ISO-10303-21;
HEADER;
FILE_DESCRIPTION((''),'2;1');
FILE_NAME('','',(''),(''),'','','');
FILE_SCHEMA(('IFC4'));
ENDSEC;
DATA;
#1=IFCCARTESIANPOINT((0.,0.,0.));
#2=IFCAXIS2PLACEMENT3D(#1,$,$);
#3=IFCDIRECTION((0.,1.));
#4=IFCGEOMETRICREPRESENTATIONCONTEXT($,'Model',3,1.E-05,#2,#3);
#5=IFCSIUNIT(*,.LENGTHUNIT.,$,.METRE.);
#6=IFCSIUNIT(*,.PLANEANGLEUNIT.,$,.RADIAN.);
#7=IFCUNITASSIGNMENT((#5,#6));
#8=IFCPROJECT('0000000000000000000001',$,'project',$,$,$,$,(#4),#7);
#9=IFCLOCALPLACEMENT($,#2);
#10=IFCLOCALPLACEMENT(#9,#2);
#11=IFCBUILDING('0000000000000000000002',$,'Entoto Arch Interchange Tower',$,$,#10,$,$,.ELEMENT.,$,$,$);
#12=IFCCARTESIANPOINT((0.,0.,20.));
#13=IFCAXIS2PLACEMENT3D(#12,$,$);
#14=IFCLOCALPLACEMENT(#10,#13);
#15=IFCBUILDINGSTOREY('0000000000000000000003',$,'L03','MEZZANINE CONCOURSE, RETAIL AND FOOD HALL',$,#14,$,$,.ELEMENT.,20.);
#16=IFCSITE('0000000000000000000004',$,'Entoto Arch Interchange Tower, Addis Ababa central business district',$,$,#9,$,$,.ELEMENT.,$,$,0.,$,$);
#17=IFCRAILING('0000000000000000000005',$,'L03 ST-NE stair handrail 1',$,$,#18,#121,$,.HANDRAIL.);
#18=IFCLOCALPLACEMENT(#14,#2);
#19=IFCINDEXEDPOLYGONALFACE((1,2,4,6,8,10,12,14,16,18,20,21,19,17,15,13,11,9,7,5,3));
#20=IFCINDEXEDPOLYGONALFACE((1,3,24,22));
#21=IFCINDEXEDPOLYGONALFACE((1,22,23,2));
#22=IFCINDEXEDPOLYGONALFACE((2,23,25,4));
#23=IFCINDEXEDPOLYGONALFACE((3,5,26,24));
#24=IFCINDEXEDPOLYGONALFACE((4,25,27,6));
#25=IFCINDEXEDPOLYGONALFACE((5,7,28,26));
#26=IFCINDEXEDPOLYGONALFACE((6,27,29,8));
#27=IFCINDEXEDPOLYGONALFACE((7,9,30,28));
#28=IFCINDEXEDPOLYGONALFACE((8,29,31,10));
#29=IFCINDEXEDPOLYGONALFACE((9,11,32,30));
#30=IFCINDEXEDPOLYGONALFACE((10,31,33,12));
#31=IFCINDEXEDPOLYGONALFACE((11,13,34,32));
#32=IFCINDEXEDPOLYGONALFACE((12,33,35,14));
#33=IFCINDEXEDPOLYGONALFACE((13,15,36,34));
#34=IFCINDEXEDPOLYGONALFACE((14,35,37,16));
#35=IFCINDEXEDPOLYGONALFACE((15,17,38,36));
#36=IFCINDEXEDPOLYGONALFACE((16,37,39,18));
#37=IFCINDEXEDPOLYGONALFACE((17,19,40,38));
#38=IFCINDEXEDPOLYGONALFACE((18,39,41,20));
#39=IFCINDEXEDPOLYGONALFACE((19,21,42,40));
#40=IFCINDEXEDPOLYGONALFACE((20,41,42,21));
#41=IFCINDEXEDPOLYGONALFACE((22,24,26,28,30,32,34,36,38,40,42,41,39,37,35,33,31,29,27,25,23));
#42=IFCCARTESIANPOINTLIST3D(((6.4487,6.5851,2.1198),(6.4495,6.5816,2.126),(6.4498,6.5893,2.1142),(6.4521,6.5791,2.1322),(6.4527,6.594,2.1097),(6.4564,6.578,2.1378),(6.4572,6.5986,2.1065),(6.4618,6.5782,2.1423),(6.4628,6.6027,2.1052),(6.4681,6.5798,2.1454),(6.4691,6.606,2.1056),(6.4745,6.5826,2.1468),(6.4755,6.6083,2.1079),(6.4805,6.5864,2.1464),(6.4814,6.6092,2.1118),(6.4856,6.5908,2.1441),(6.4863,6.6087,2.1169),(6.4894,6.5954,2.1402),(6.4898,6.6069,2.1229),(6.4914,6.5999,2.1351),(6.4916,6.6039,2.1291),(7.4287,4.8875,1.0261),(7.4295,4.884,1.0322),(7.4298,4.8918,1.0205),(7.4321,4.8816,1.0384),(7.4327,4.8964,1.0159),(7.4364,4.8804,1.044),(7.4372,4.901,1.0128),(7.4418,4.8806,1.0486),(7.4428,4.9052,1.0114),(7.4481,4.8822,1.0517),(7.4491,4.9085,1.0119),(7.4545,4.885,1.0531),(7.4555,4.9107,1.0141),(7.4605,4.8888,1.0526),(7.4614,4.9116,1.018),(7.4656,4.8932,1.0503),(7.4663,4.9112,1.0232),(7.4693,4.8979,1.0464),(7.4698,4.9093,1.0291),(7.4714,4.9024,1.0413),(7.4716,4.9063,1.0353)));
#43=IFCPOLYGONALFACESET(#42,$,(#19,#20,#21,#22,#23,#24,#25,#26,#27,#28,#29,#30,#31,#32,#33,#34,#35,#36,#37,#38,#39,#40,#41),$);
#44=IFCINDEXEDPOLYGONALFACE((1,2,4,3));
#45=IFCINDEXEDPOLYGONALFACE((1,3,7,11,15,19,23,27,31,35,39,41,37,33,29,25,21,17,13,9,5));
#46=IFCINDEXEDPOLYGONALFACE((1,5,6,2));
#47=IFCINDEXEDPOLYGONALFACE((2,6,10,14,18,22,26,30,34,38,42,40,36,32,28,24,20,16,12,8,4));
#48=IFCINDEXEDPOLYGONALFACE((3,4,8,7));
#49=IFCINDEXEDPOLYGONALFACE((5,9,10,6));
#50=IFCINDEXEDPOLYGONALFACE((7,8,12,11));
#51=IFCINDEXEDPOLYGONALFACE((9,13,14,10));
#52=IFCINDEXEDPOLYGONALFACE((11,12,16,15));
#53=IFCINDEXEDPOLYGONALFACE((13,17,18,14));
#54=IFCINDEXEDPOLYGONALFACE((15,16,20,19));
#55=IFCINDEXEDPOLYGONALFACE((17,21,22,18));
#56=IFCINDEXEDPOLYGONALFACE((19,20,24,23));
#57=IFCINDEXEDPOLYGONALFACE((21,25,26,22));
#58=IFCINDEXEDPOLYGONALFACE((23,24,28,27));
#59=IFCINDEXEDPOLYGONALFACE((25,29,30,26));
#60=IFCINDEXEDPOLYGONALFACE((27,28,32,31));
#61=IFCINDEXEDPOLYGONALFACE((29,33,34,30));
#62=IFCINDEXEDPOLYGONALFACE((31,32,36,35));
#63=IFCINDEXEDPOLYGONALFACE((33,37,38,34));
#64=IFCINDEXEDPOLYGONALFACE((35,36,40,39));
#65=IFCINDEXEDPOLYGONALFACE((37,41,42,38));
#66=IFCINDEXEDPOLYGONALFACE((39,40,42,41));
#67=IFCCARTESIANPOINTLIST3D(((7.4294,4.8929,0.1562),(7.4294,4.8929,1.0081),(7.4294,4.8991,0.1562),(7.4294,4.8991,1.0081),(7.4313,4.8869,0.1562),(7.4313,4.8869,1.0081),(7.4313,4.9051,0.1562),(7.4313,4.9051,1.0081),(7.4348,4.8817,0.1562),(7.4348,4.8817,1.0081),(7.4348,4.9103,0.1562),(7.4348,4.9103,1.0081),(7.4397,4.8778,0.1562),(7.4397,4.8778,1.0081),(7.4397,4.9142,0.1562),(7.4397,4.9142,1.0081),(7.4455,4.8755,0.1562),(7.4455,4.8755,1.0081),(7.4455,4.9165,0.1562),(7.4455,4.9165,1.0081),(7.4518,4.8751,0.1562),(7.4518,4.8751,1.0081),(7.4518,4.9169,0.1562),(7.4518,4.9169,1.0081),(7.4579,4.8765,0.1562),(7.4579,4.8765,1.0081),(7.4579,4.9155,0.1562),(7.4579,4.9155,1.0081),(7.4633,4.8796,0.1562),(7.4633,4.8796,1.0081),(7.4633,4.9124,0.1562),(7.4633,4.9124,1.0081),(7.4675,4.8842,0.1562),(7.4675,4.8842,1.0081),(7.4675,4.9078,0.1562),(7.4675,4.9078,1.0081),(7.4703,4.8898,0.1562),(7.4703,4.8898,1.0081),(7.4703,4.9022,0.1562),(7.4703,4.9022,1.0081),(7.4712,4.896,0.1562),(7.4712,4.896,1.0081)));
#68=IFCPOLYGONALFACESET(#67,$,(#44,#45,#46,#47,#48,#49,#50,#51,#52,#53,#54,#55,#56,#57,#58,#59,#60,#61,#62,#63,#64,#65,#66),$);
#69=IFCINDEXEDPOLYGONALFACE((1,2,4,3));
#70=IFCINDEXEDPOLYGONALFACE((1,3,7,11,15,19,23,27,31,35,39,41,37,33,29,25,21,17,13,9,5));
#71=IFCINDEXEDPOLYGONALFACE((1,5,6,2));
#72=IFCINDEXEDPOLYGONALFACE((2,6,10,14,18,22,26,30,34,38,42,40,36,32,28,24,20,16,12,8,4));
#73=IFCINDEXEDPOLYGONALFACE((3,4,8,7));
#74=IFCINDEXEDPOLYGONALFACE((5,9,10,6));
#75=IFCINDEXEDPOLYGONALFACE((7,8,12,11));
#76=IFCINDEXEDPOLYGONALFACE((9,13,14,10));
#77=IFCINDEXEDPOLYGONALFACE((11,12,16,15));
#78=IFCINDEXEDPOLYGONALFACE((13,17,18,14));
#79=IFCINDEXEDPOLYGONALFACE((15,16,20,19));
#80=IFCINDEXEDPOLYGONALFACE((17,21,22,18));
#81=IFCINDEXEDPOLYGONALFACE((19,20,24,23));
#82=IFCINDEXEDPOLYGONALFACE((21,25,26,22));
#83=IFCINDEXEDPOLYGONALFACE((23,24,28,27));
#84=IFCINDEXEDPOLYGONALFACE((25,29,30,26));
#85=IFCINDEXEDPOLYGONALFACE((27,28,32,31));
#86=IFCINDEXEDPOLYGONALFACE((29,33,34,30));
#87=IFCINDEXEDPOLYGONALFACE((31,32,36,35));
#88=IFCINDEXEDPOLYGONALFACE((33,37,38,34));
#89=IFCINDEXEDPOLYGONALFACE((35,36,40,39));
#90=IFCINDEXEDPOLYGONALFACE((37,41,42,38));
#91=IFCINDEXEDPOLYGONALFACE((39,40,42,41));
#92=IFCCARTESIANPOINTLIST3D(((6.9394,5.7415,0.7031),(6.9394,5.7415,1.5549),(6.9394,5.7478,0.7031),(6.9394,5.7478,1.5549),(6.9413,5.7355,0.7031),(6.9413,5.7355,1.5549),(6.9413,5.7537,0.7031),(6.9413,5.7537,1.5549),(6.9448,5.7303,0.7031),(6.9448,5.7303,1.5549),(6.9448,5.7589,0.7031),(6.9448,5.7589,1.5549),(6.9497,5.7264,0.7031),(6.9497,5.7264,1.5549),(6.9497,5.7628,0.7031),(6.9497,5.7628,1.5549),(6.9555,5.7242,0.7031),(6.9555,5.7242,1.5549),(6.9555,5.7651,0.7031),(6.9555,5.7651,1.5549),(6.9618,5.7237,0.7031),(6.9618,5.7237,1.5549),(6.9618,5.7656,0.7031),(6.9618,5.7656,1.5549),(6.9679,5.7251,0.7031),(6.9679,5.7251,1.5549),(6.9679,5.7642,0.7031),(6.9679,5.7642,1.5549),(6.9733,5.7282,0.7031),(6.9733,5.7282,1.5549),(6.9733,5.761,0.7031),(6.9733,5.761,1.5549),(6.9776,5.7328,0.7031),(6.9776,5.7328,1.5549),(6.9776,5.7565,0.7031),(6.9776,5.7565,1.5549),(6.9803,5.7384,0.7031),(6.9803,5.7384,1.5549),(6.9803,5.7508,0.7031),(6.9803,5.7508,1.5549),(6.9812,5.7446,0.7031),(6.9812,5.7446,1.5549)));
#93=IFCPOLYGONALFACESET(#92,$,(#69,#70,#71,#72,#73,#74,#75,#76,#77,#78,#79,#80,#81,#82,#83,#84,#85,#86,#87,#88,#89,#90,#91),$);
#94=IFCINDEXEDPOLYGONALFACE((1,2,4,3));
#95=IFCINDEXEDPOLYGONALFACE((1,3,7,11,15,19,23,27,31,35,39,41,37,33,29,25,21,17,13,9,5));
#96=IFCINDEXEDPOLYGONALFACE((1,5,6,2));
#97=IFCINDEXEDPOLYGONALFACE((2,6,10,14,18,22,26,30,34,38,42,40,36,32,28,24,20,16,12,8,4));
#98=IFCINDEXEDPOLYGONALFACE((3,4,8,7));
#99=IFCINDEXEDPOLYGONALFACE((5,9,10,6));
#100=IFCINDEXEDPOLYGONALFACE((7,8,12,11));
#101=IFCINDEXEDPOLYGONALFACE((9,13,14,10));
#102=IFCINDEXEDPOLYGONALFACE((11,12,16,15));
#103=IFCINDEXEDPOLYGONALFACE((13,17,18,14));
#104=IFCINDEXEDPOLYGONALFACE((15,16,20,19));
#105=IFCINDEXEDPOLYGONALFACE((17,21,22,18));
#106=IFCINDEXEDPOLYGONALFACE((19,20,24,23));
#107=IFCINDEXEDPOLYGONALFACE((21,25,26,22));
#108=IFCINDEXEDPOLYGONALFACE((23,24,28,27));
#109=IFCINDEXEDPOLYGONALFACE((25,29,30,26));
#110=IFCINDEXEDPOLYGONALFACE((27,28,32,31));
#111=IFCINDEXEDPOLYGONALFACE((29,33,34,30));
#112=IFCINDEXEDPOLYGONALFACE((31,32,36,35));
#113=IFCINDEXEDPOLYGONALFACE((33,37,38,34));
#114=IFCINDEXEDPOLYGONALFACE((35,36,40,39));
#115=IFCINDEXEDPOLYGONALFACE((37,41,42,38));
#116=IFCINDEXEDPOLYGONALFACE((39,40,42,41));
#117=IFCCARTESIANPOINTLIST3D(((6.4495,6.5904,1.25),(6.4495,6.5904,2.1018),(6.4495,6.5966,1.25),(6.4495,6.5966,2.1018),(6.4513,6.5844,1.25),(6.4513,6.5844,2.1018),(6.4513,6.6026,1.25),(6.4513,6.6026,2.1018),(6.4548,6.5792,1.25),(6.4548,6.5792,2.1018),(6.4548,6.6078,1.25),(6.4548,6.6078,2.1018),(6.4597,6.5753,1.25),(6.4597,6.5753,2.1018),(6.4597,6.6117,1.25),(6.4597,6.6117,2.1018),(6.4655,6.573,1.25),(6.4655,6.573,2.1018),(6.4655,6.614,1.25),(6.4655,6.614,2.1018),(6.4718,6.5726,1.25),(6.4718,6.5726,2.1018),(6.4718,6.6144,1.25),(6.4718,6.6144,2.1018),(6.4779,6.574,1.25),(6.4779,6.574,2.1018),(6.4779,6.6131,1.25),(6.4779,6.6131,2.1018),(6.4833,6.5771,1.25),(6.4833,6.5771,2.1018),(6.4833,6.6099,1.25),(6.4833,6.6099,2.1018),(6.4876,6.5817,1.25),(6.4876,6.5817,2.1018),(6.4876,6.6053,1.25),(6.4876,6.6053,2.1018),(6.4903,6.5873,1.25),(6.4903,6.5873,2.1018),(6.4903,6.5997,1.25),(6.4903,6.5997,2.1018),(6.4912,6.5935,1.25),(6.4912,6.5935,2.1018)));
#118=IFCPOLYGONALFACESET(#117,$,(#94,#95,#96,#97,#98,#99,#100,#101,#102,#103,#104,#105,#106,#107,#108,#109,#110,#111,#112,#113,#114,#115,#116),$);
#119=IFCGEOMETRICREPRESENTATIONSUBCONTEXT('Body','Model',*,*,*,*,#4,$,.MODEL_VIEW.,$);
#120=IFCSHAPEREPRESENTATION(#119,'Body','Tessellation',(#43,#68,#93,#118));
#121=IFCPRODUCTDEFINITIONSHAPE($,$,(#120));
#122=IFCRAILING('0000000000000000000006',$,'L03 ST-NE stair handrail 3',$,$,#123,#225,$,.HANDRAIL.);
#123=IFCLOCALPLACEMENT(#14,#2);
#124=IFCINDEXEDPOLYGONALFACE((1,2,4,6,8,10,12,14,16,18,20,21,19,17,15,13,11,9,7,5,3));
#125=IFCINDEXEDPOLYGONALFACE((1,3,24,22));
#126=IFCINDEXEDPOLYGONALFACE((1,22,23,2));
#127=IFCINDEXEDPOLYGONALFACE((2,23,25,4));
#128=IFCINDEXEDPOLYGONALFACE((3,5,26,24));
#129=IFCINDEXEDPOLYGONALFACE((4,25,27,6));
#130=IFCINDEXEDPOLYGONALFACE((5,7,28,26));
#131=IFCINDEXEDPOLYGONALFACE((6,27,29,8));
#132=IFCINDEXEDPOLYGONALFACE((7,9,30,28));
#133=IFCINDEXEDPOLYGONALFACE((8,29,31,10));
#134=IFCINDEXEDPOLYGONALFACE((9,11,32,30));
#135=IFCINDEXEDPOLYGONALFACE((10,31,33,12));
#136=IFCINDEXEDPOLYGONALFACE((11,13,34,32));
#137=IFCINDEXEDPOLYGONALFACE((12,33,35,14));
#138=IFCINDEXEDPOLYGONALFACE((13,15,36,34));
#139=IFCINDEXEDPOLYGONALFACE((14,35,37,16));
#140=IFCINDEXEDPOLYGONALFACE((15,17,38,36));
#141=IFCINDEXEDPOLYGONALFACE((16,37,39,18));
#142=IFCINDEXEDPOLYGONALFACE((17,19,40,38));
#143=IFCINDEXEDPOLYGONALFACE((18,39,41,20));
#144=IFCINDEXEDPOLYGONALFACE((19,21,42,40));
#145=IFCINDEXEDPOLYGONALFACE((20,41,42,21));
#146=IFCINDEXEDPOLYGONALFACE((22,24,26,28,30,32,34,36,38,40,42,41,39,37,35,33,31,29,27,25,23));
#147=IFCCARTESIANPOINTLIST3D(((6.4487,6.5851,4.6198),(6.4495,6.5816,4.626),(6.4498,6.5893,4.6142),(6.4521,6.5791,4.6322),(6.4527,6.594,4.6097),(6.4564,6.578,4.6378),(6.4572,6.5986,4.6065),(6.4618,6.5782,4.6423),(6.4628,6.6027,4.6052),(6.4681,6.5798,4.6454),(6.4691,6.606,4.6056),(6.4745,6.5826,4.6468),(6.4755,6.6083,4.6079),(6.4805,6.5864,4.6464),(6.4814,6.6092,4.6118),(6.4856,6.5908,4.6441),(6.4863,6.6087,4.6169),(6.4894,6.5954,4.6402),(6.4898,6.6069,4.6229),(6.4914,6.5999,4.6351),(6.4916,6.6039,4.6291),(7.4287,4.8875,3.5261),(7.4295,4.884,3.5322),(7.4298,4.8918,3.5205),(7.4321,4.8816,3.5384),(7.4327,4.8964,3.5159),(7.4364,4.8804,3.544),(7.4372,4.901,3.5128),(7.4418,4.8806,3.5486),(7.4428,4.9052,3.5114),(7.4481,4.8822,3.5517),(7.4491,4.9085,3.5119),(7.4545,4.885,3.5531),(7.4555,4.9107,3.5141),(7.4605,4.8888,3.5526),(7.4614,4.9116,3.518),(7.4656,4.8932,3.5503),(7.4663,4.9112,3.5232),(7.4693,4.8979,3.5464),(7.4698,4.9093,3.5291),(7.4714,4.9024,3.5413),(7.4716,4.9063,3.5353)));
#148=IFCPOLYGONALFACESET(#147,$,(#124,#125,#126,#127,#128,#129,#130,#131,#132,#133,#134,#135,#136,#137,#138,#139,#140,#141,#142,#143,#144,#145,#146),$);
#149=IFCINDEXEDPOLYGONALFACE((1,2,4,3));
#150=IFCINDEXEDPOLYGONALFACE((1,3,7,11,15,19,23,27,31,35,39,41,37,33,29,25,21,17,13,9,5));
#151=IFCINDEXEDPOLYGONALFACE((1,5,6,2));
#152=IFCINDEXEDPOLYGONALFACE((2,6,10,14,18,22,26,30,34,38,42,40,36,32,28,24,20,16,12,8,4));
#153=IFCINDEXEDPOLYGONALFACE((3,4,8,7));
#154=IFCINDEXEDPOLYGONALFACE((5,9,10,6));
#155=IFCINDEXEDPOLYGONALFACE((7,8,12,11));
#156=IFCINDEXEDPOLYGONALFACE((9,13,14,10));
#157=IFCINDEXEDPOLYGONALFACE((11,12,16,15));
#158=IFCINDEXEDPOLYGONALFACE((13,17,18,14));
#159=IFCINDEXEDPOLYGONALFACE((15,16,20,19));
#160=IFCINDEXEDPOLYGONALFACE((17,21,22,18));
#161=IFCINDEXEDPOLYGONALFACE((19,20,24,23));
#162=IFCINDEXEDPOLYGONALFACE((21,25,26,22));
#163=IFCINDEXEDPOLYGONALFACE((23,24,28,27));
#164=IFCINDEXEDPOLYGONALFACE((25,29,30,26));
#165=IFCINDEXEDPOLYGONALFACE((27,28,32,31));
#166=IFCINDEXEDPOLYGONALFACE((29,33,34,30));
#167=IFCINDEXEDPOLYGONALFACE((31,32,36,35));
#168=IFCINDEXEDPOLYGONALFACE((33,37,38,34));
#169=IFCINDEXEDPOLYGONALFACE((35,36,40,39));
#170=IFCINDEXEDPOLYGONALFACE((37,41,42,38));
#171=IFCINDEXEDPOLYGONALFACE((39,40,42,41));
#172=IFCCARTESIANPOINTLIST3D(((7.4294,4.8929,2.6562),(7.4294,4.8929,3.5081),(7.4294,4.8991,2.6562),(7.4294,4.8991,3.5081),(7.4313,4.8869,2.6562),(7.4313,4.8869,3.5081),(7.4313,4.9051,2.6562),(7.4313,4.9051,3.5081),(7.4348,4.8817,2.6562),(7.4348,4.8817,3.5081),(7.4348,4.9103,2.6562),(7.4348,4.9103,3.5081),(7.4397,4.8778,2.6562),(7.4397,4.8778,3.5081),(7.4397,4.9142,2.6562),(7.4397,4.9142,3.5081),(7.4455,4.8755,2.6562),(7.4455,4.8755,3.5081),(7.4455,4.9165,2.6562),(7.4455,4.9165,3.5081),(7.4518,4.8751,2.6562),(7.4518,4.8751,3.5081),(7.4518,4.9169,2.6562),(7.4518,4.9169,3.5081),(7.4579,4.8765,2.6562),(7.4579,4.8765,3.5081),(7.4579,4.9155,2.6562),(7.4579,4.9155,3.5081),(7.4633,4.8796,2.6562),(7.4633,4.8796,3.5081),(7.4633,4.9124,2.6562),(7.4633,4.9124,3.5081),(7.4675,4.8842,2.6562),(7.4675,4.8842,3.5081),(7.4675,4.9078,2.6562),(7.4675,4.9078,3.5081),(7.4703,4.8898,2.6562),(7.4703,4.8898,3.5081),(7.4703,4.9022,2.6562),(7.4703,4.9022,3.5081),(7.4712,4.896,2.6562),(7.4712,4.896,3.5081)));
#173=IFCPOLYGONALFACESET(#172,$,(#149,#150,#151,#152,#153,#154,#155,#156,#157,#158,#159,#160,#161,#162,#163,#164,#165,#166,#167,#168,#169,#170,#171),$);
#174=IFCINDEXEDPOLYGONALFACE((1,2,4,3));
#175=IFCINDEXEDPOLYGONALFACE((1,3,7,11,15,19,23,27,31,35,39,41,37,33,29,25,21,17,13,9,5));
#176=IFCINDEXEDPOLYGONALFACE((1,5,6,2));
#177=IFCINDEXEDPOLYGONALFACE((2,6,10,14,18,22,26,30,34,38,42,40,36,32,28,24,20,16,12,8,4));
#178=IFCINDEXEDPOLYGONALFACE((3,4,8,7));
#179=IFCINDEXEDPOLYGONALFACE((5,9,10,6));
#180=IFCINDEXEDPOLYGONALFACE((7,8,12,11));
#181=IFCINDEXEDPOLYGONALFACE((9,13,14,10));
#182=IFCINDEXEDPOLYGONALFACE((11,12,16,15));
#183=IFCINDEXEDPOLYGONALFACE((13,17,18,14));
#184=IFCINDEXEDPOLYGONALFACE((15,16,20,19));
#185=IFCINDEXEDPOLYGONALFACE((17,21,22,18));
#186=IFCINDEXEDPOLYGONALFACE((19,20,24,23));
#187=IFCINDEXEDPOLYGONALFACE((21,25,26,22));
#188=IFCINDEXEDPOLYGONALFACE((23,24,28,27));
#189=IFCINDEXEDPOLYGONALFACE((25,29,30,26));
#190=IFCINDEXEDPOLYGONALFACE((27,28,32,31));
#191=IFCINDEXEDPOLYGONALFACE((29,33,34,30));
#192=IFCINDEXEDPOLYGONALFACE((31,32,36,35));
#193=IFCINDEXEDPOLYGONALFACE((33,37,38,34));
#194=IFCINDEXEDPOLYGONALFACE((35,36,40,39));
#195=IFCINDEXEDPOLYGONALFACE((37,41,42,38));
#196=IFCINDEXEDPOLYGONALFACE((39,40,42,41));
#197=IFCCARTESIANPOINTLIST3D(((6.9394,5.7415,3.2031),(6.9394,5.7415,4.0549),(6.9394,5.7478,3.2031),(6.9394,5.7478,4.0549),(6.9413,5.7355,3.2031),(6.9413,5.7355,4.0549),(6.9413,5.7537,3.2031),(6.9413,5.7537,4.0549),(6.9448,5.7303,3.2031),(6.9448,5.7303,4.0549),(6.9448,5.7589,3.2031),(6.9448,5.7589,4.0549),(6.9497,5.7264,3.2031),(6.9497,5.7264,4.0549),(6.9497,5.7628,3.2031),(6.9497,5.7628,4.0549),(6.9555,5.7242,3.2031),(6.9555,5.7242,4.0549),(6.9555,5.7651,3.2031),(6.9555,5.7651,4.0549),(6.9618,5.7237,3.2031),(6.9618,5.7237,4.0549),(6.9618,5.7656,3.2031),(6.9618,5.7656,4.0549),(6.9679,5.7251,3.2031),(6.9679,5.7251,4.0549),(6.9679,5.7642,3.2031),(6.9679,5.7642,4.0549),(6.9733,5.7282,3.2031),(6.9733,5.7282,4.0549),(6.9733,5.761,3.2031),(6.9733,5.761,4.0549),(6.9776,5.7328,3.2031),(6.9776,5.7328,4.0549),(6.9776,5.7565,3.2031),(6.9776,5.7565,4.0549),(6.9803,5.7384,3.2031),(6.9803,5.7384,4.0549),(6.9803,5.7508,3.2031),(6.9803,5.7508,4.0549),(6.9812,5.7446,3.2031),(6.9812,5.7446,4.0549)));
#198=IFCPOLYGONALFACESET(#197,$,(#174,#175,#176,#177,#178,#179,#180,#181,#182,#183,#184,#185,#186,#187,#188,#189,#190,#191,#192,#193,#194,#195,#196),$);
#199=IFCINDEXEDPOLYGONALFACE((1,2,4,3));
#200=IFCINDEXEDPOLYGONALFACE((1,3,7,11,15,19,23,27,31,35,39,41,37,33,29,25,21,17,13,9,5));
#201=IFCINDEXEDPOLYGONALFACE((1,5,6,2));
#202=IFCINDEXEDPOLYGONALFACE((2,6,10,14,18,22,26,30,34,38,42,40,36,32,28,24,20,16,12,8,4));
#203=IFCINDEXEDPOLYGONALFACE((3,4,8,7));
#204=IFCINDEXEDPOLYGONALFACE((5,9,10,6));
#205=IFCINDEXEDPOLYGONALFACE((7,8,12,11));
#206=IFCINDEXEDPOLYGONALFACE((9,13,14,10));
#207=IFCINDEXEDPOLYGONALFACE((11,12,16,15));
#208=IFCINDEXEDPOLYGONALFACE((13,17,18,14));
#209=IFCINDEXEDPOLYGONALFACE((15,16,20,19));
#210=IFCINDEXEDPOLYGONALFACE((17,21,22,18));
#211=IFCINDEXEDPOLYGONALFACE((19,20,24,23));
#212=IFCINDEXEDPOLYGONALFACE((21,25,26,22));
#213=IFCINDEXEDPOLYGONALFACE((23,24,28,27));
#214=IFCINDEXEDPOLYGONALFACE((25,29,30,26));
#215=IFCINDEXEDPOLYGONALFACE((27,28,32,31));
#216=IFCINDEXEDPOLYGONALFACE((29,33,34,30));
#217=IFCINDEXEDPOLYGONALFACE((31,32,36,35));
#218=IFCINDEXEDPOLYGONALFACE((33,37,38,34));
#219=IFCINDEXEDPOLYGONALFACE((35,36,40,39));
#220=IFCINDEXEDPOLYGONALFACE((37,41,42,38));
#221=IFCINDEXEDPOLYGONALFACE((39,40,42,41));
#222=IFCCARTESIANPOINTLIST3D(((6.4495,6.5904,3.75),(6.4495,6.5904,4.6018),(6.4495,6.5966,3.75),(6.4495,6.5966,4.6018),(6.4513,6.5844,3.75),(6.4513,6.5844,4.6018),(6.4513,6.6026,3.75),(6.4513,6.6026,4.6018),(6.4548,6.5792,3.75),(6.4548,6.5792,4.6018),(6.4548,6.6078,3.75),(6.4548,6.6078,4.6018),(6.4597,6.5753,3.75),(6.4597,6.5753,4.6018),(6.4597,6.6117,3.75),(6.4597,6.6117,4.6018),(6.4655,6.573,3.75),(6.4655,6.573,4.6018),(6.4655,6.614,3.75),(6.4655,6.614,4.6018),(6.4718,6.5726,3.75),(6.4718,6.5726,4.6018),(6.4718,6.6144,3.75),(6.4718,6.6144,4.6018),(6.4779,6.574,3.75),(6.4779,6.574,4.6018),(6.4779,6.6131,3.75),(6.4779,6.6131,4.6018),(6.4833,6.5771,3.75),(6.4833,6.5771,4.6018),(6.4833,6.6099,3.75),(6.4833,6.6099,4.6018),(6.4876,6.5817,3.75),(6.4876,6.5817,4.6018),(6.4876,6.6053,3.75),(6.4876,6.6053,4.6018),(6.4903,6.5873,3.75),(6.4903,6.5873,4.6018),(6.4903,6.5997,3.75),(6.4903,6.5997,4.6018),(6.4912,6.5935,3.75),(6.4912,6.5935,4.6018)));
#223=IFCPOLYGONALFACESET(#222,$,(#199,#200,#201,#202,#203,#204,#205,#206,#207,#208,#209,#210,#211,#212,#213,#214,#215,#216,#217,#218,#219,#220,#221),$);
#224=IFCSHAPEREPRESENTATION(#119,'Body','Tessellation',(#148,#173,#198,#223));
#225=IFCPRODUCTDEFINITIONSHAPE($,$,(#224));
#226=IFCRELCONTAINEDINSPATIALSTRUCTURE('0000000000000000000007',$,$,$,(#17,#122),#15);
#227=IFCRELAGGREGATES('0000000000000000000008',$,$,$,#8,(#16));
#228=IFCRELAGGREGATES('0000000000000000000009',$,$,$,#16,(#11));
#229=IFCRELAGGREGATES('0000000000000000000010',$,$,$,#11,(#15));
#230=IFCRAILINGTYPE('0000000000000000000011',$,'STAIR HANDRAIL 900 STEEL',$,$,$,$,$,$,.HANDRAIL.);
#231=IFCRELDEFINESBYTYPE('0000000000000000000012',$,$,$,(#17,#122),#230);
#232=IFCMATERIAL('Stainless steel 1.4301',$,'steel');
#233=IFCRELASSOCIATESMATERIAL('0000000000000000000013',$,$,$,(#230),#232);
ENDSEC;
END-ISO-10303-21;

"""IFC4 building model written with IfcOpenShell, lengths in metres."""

from ifc_helpers import new_model, si_unit, direction, frame, origin, origin_2d, place, context, subcontext, project, spatial, circle, extrude, material, type_object, element, save


model = new_model("IFC4")

# Units and contexts
model_context = context("Model", 3, precision=1e-05, world=origin(), true_north=direction((0.0, 1.0)))
body_context = subcontext(model_context, "Body", "Model", "MODEL_VIEW")
ifc_project = project(units=[si_unit("LENGTHUNIT", "METRE"), si_unit("PLANEANGLEUNIT", "RADIAN")], contexts=[model_context])

# Site, building, storey
site_placement = place(None, origin())
site = spatial("IfcSite", under=ifc_project, at=site_placement, Name="Entoto Arch Interchange Tower, Addis Ababa central business district", CompositionType="ELEMENT", RefElevation=0.0)
building_placement = place(site_placement, origin())
building = spatial("IfcBuilding", under=site, at=building_placement, Name="Entoto Arch Interchange Tower", CompositionType="ELEMENT")
storey_placement = place(building_placement, frame((0.0, 0.0, 20.0)))
storey = spatial("IfcBuildingStorey", under=building, at=storey_placement, Name="L03", Description="MEZZANINE CONCOURSE, RETAIL AND FOOD HALL", CompositionType="ELEMENT", Elevation=20.0)

# Railings
ifc_material_1 = material(Name="Stainless steel 1.4301", Category="steel")
railing_type_1 = type_object("IfcRailingType", Name="STAIR HANDRAIL 900 STEEL", PredefinedType="HANDRAIL", material=ifc_material_1)
for number, where, name in (
    (1, (7.4502, 4.896, 0.1562), "L03 ST-NE stair handrail 1"),
    (2, (7.4502, 4.896, 2.6562), "L03 ST-NE stair handrail 3"),
):
    element("IfcRailing", number, at=place(storey_placement, frame(where)), inside=storey, type_object=railing_type_1, Name=name, PredefinedType="HANDRAIL", context=body_context, shape_type="SweptSolid", body=[
        extrude(circle(Radius=0.0239, at=origin_2d()), frame((0.0, 0.0, 0.876), z_axis=(-0.436596, 0.756267, 0.487282), x_axis=(-0.866042, -0.49997, 0.0)), (0.0, 0.0, 1.0), 2.2446),
        extrude(circle(Radius=0.021, at=origin_2d()), origin(), (0.0, 0.0, 1.0), 0.8518),
        extrude(circle(Radius=0.021, at=origin_2d()), frame((-0.49, 0.8486, 0.5469)), (0.0, 0.0, 1.0), 0.8518),
        extrude(circle(Radius=0.021, at=origin_2d()), frame((-0.98, 1.6975, 1.0938)), (0.0, 0.0, 1.0), 0.8518),
    ])

save(model, "model.ifc")
